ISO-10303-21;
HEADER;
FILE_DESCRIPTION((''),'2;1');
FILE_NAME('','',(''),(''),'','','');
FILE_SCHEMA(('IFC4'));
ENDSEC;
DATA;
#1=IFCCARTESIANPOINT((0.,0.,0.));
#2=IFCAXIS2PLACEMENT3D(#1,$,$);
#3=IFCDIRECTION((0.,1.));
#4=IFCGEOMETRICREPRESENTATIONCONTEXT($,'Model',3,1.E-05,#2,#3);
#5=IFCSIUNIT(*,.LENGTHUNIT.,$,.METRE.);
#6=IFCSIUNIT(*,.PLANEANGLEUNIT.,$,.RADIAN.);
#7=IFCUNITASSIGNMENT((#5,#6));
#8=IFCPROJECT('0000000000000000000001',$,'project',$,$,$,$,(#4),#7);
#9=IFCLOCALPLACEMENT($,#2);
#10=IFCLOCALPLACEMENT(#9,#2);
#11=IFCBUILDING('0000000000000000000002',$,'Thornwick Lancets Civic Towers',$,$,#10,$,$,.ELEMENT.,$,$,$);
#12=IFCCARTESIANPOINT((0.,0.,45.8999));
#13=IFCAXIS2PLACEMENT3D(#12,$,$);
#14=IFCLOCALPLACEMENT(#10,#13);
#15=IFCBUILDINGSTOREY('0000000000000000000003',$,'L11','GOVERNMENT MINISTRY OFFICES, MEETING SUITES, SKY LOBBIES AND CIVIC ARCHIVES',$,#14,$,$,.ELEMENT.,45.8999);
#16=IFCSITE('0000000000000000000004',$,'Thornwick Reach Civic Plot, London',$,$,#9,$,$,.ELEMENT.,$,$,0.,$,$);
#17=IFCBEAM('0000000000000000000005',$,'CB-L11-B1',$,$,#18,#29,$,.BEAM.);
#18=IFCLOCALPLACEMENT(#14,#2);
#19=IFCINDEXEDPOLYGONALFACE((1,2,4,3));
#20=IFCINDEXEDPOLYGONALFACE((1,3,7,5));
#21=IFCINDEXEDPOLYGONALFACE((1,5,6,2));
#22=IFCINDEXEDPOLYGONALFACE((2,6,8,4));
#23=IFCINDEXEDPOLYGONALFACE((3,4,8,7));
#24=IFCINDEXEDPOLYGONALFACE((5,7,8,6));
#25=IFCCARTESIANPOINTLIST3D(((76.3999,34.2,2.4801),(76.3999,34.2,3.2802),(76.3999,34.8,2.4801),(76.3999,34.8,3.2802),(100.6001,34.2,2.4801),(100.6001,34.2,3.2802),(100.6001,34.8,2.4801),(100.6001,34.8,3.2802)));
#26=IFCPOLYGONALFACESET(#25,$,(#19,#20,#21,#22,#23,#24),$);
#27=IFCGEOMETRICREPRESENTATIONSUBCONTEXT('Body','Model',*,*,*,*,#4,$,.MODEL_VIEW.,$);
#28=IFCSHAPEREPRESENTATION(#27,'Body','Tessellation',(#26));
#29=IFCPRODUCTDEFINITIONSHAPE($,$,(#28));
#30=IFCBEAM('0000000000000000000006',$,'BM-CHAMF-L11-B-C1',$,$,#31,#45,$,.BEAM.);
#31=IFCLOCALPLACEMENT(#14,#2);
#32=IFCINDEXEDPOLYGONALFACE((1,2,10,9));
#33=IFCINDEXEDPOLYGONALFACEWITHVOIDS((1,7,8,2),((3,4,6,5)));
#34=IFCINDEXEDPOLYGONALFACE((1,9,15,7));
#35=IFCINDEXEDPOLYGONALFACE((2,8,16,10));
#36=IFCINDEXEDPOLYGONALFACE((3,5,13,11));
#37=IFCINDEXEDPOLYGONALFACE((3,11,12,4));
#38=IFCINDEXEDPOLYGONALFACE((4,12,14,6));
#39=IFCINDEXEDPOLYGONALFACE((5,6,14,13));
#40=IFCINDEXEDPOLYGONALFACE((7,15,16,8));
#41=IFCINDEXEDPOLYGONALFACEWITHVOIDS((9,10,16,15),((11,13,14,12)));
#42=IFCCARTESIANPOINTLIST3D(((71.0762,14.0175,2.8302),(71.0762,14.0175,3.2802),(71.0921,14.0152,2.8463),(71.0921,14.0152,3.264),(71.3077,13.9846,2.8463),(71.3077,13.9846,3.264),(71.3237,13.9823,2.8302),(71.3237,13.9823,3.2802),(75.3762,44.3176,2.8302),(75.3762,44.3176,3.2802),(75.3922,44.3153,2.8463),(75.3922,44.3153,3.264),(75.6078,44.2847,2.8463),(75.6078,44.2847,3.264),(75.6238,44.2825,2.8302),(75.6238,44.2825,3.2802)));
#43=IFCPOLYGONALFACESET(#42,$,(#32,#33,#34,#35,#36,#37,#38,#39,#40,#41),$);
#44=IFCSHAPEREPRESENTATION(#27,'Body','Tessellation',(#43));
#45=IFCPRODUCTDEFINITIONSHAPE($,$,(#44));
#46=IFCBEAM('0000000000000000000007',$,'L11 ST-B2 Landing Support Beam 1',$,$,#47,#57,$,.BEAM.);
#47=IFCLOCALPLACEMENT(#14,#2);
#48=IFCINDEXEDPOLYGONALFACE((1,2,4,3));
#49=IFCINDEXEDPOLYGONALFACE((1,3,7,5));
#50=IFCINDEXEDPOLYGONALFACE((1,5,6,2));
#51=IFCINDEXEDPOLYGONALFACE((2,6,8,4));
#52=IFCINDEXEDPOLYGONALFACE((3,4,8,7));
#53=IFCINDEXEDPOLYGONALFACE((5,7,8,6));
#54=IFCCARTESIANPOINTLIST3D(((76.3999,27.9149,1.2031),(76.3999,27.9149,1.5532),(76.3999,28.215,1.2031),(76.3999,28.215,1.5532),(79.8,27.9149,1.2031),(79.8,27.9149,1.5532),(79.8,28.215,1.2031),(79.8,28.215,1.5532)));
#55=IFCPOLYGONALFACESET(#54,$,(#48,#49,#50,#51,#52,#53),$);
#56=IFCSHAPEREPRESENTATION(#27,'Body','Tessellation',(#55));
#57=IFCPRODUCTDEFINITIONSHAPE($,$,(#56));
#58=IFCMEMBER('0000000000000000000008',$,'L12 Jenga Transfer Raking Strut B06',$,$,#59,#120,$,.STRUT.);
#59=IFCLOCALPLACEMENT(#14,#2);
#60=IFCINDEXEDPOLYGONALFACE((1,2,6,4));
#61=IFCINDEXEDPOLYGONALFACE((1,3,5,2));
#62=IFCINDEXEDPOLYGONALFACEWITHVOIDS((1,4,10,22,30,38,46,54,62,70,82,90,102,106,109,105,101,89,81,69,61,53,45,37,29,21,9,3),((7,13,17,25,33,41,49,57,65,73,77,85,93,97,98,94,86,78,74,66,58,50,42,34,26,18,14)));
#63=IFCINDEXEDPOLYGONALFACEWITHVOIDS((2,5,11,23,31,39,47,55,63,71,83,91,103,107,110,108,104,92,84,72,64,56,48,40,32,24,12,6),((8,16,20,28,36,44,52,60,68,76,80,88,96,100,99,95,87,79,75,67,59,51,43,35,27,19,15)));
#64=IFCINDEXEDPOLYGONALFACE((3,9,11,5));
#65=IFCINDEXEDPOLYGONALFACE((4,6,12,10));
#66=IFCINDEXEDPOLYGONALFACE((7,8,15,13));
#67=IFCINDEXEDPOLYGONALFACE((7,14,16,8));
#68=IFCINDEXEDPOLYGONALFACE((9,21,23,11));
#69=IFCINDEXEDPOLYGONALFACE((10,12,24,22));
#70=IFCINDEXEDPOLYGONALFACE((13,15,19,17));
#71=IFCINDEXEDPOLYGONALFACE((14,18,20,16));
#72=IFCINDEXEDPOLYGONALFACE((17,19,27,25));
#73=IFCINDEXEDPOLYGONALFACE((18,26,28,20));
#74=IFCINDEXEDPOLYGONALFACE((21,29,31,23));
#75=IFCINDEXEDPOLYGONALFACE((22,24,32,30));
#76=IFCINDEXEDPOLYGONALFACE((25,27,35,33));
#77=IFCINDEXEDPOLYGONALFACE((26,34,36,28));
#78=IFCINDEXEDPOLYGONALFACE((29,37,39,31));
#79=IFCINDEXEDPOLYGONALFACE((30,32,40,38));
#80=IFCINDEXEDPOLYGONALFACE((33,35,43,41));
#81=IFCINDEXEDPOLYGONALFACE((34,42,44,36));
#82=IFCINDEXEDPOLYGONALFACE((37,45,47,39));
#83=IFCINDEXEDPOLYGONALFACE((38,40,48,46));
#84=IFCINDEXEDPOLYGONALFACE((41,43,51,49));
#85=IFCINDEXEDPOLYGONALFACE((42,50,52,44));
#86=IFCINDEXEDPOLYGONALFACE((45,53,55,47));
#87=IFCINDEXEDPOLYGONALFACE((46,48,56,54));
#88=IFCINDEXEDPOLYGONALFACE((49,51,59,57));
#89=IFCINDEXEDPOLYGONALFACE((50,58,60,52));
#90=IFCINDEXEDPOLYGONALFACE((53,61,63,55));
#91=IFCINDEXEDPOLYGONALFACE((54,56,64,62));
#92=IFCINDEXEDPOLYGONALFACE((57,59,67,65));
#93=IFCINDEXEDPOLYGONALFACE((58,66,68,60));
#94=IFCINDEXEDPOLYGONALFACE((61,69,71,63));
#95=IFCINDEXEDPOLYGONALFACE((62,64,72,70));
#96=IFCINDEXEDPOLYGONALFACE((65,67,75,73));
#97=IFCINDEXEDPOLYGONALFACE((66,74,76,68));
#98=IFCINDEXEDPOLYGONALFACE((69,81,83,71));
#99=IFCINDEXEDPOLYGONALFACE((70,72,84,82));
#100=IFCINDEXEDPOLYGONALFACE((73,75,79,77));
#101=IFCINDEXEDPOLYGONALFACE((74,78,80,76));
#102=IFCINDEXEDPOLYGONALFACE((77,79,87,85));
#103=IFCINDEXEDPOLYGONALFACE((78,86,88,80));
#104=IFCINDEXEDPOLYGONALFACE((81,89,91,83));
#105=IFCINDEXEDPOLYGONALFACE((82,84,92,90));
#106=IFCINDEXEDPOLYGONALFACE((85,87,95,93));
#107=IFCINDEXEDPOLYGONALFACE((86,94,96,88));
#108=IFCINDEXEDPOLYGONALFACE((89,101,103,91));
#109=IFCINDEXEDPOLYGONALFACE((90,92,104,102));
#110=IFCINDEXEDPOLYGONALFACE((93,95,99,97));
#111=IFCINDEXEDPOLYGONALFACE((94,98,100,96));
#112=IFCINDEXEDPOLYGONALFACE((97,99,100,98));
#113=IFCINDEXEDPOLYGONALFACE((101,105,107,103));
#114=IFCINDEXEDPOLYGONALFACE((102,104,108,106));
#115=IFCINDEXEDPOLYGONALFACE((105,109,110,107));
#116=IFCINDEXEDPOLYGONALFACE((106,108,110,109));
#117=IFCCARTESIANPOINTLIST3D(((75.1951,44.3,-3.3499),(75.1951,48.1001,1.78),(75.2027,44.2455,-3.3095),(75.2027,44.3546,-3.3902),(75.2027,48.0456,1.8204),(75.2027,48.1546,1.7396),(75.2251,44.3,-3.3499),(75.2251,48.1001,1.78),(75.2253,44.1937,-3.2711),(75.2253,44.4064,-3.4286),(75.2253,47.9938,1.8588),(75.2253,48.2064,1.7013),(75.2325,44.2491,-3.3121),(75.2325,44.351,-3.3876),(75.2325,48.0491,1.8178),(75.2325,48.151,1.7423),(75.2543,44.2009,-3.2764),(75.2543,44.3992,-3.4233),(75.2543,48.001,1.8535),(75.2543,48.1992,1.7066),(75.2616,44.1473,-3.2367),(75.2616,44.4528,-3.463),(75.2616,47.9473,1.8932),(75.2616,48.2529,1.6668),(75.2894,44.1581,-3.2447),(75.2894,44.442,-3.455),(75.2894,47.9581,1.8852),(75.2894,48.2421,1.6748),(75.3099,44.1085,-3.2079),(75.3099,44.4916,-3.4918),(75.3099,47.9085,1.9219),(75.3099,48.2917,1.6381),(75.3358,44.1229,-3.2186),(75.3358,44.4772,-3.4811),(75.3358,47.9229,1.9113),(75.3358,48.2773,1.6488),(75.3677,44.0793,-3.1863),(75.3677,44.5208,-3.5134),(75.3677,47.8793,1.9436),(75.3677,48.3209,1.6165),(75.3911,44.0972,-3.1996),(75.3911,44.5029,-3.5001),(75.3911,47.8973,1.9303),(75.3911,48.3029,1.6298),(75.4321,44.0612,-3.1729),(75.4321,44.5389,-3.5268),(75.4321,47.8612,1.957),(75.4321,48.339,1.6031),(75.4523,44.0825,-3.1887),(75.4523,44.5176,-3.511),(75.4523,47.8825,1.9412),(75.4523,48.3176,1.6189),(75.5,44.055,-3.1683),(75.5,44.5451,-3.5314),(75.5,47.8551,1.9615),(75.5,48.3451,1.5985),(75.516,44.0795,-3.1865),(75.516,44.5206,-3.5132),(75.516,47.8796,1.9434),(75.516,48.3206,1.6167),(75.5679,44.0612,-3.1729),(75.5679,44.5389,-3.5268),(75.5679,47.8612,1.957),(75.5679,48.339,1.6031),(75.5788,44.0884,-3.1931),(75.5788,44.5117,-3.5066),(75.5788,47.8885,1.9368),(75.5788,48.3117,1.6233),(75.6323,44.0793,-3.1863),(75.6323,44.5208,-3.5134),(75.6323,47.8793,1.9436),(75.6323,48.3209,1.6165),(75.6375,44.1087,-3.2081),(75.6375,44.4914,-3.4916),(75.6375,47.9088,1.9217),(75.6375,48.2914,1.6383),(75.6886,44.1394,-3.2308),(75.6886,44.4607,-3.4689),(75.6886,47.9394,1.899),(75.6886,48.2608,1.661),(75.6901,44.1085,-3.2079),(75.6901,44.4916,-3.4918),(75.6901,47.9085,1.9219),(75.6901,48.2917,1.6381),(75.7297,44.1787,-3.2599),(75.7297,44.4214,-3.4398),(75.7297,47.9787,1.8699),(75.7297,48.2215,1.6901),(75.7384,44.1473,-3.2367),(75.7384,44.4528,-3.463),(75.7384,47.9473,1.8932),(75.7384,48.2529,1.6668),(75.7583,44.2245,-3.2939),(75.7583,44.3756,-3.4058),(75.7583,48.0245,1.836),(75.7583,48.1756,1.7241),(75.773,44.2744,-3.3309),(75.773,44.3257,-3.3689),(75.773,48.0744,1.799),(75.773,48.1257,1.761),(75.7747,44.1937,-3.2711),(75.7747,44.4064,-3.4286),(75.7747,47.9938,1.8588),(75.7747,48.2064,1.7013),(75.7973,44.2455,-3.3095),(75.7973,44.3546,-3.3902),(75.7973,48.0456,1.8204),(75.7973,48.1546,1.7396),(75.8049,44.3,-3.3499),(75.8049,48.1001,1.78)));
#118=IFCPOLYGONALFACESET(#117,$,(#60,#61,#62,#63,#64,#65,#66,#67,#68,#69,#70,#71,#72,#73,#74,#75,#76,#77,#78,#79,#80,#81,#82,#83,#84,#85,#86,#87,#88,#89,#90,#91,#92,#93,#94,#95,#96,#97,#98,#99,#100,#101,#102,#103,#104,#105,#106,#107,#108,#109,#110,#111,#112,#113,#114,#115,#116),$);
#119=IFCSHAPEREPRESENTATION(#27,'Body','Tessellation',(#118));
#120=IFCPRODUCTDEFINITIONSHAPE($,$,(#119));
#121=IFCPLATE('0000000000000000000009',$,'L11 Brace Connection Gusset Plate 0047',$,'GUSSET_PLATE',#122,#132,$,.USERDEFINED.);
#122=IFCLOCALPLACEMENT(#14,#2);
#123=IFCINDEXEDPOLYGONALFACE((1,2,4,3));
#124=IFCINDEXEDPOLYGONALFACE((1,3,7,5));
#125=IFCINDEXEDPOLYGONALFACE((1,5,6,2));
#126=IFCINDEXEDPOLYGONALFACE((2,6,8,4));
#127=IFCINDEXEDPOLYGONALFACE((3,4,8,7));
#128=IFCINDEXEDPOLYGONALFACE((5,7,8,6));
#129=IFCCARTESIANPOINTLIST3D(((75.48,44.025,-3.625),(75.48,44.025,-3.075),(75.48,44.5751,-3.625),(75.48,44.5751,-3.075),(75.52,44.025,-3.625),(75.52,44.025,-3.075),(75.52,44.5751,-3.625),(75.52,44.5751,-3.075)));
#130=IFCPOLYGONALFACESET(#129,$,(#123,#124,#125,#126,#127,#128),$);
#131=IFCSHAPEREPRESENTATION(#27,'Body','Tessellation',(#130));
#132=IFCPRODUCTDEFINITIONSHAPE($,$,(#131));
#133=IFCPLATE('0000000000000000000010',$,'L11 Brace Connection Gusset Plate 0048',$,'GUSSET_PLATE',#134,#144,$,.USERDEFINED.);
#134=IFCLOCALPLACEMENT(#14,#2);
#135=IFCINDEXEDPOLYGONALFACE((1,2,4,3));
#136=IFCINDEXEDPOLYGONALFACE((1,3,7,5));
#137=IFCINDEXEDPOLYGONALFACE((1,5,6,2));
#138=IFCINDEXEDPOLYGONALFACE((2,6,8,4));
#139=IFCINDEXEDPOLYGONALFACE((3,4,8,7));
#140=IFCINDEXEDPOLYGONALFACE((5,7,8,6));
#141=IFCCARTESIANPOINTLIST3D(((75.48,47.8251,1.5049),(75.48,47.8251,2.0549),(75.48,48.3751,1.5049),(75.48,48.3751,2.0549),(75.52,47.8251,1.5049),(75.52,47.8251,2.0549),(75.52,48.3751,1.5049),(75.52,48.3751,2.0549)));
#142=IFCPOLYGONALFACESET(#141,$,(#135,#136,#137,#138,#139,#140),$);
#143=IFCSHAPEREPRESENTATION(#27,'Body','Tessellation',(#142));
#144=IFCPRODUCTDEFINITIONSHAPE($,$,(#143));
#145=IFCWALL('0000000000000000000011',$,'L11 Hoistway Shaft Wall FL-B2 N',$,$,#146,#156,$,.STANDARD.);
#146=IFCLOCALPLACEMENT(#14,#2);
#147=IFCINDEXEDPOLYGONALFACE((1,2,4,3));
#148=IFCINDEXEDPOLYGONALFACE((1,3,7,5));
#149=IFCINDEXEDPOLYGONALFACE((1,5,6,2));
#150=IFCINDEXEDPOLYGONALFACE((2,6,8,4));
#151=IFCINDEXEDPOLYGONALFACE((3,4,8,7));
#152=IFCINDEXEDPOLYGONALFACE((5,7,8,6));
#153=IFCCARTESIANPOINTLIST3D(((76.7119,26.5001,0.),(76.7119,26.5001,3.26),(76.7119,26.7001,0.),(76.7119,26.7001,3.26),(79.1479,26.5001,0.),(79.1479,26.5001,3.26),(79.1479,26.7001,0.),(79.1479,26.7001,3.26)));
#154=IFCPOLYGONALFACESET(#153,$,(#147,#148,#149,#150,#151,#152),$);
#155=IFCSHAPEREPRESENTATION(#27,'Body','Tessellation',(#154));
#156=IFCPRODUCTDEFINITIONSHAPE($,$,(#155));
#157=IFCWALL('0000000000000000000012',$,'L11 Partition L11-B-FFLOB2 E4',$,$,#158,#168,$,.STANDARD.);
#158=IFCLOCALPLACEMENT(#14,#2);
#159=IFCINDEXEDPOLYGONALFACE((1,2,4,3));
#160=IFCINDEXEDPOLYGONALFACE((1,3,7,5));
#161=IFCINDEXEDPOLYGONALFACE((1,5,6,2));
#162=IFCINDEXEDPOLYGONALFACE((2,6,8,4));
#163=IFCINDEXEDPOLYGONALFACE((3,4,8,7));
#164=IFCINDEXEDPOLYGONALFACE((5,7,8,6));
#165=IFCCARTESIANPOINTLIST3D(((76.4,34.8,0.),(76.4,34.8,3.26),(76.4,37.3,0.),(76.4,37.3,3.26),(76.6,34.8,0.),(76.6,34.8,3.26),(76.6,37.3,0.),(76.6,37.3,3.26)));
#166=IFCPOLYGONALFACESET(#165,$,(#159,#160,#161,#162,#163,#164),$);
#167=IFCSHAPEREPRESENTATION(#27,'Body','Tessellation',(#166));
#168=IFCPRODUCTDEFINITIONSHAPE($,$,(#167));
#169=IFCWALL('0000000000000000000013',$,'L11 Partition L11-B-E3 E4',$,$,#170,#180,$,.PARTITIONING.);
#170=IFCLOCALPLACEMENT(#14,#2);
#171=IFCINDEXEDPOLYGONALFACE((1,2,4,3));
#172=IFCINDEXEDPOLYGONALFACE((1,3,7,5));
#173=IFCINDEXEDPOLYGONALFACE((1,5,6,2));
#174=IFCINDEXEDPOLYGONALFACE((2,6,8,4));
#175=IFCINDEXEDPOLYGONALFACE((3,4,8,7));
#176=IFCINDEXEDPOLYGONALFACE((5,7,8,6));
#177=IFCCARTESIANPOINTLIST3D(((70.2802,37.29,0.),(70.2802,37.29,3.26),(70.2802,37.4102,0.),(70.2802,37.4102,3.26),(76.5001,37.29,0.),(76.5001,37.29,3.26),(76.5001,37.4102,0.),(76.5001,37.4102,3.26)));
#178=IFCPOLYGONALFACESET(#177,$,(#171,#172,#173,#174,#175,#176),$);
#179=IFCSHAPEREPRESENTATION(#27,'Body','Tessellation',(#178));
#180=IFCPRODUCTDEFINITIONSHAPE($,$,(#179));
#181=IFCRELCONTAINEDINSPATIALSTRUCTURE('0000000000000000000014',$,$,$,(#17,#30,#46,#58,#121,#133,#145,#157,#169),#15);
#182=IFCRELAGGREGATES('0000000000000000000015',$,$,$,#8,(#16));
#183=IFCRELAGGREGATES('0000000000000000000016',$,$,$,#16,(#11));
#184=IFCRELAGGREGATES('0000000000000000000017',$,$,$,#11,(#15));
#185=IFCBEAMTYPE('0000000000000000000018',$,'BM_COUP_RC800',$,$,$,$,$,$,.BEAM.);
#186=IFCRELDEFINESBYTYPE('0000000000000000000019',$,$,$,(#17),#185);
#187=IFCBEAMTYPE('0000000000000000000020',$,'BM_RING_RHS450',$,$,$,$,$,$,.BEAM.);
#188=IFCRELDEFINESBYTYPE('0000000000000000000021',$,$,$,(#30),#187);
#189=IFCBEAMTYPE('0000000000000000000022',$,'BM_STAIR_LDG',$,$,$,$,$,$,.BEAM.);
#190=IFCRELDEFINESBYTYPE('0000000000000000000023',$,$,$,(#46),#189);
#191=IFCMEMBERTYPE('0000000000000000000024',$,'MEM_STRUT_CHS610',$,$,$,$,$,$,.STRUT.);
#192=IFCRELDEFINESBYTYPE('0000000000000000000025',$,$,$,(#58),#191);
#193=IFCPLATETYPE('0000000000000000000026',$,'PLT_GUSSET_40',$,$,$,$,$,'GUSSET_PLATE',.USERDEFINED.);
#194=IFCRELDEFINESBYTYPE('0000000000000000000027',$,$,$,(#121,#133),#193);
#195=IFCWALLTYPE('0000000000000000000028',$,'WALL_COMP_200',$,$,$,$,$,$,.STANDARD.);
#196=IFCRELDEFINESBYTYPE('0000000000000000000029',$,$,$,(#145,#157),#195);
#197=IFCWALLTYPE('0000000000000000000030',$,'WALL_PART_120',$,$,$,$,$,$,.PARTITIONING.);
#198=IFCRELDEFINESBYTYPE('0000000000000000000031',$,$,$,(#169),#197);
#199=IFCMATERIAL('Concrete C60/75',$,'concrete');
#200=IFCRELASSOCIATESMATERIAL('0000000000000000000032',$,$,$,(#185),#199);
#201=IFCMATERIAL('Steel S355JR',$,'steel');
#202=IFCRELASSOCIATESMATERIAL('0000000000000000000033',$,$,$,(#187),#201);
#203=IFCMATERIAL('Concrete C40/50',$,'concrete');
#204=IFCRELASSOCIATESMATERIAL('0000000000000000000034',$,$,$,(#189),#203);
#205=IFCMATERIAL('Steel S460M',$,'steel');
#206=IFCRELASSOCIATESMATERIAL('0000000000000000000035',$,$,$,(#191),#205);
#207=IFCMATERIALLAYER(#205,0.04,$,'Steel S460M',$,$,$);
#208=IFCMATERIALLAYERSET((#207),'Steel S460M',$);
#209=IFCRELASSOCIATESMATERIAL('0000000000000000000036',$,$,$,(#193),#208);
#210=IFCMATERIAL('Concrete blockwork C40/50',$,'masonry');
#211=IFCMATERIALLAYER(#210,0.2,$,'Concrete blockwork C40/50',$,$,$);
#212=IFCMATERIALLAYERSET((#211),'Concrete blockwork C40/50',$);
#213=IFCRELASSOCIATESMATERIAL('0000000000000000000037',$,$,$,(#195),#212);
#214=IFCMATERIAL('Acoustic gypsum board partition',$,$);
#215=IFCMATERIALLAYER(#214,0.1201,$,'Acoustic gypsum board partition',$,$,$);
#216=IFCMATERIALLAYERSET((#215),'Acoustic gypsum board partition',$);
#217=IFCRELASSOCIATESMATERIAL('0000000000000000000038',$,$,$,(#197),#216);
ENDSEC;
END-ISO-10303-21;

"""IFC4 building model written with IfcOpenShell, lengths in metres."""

from ifc_helpers import new_model, si_unit, direction, frame, frame_2d, origin, origin_2d, place, context, subcontext, project, spatial, rectangle, hollow_rectangle, hollow_circle, extrude, material, layer, layer_set, material_profile, profile_set, type_object, element, save


model = new_model("IFC4")

# Units and contexts
model_context = context("Model", 3, precision=1e-05, world=origin(), true_north=direction((0.0, 1.0)))
body_context = subcontext(model_context, "Body", "Model", "MODEL_VIEW")
ifc_project = project(units=[si_unit("LENGTHUNIT", "METRE"), si_unit("PLANEANGLEUNIT", "RADIAN")], contexts=[model_context])

# Site, building, storey
site_placement = place(None, origin())
site = spatial("IfcSite", under=ifc_project, at=site_placement, Name="Thornwick Reach Civic Plot, London", CompositionType="ELEMENT", RefElevation=0.0)
building_placement = place(site_placement, origin())
building = spatial("IfcBuilding", under=site, at=building_placement, Name="Thornwick Lancets Civic Towers", CompositionType="ELEMENT")
storey_placement = place(building_placement, frame((0.0, 0.0, 45.8999)))
storey = spatial("IfcBuildingStorey", under=building, at=storey_placement, Name="L11", Description="GOVERNMENT MINISTRY OFFICES, MEETING SUITES, SKY LOBBIES AND CIVIC ARCHIVES", CompositionType="ELEMENT", Elevation=45.8999)

# Beams
ifc_material_1 = material(Name="Concrete C60/75", Category="concrete")
ifc_material_profile_1 = material_profile(ifc_material_1, rectangle(XDim=0.6001, YDim=0.8, at=origin_2d()), Name="RC 600x800")
ifc_profile_set_1 = profile_set([ifc_material_profile_1], Name="Concrete C60/75")
beam_type_1 = type_object("IfcBeamType", Name="BM_COUP_RC800", PredefinedType="BEAM", material=ifc_profile_set_1)
beam_1_placement = place(storey_placement, frame((76.3999, 34.5, 2.8801), z_axis=(1.0, 0.0, 0.0), x_axis=(0.0, 1.0, 0.0)))
element("IfcBeam", 1, at=beam_1_placement, inside=storey, type_object=beam_type_1, Name="CB-L11-B1", PredefinedType="BEAM", context=body_context, shape_type="SweptSolid", body=[
    extrude(rectangle(XDim=0.6001, YDim=0.8, at=origin_2d()), origin(), (0.0, 0.0, 1.0), 24.2002),
])
ifc_material_2 = material(Name="Steel S355JR", Category="steel")
ifc_material_profile_2 = material_profile(ifc_material_2, hollow_rectangle(XDim=0.25, YDim=0.45, WallThickness=0.0161, at=origin_2d()), Name="RHS 450x250x16")
ifc_profile_set_2 = profile_set([ifc_material_profile_2], Name="Steel S355JR")
beam_type_2 = type_object("IfcBeamType", Name="BM_RING_RHS450", PredefinedType="BEAM", material=ifc_profile_set_2)
beam_2_placement = place(storey_placement, frame((75.5, 44.3, 3.0552), z_axis=(-0.140508, -0.99008, 0.0), x_axis=(0.99008, -0.140508, 0.0)))
element("IfcBeam", 2, at=beam_2_placement, inside=storey, type_object=beam_type_2, Name="BM-CHAMF-L11-B-C1", PredefinedType="BEAM", context=body_context, shape_type="SweptSolid", body=[
    extrude(hollow_rectangle(XDim=0.25, YDim=0.45, WallThickness=0.0161, at=origin_2d()), origin(), (0.0, 0.0, 1.0), 30.6038),
])
ifc_material_3 = material(Name="Concrete C40/50", Category="concrete")
ifc_material_profile_3 = material_profile(ifc_material_3, rectangle(XDim=0.3, YDim=0.3501, at=origin_2d()), Name="RC 300x350")
ifc_profile_set_3 = profile_set([ifc_material_profile_3], Name="Concrete C40/50")
beam_type_3 = type_object("IfcBeamType", Name="BM_STAIR_LDG", PredefinedType="BEAM", material=ifc_profile_set_3)
beam_3_placement = place(storey_placement, frame((76.3999, 28.0649, 1.3782), z_axis=(1.0, 0.0, 0.0), x_axis=(0.0, 1.0, 0.0)))
element("IfcBeam", 3, at=beam_3_placement, inside=storey, type_object=beam_type_3, Name="L11 ST-B2 Landing Support Beam 1", PredefinedType="BEAM", context=body_context, shape_type="SweptSolid", body=[
    extrude(rectangle(XDim=0.3, YDim=0.3501, at=origin_2d()), origin(), (0.0, 0.0, 1.0), 3.4001),
])

# Member
ifc_material_4 = material(Name="Steel S460M", Category="steel")
ifc_material_profile_4 = material_profile(ifc_material_4, hollow_circle(Radius=0.3049, WallThickness=0.03, at=origin_2d()), Name="CHS 610x30")
ifc_profile_set_4 = profile_set([ifc_material_profile_4], Name="Steel S460M")
member_type = type_object("IfcMemberType", Name="MEM_STRUT_CHS610", PredefinedType="STRUT", material=ifc_profile_set_4)
member_placement = place(storey_placement, frame((75.5, 44.3, -3.3499), z_axis=(0.0, 0.595241, 0.803547), x_axis=(-1.0, 0.0, 0.0)))
element("IfcMember", 4, at=member_placement, inside=storey, type_object=member_type, Name="L12 Jenga Transfer Raking Strut B06", PredefinedType="STRUT", context=body_context, shape_type="SweptSolid", body=[
    extrude(hollow_circle(Radius=0.3049, WallThickness=0.03, at=origin_2d()), origin(), (0.0, 0.0, 1.0), 6.384),
])

# Plates
ifc_layer_1 = layer(ifc_material_4, 0.04, Name="Steel S460M")
ifc_layer_set_1 = layer_set([ifc_layer_1], Name="Steel S460M")
plate_type = type_object("IfcPlateType", Name="PLT_GUSSET_40", ElementType="GUSSET_PLATE", PredefinedType="USERDEFINED", material=ifc_layer_set_1)
for number, where, z_axis, x_axis, name in (
    (5, (75.5, 44.3, -3.625), (0.0, 0.0, 1.0), (0.0, 1.0, 0.0), "L11 Brace Connection Gusset Plate 0047"),
    (6, (75.5, 48.1001, 1.5049), (0.0, 0.0, 1.0), (0.0, 1.0, 0.0), "L11 Brace Connection Gusset Plate 0048"),
):
    element("IfcPlate", number, at=place(storey_placement, frame(where, z_axis=z_axis, x_axis=x_axis)), inside=storey, type_object=plate_type, Name=name, ObjectType="GUSSET_PLATE", PredefinedType="USERDEFINED", context=body_context, shape_type="SweptSolid", body=[
        extrude(rectangle(XDim=0.55, YDim=0.04, at=origin_2d()), origin(), (0.0, 0.0, 1.0), 0.55),
    ])

# Walls
ifc_material_5 = material(Name="Concrete blockwork C40/50", Category="masonry")
ifc_layer_2 = layer(ifc_material_5, 0.2, Name="Concrete blockwork C40/50")
ifc_layer_set_2 = layer_set([ifc_layer_2], Name="Concrete blockwork C40/50")
wall_type_1 = type_object("IfcWallType", Name="WALL_COMP_200", PredefinedType="STANDARD", material=ifc_layer_set_2)
wall_1_placement = place(storey_placement, frame((76.7119, 26.6001, 0.0), z_axis=(0.0, 0.0, 1.0), x_axis=(1.0, 0.0, 0.0)))
element("IfcWall", 7, at=wall_1_placement, inside=storey, type_object=wall_type_1, Name="L11 Hoistway Shaft Wall FL-B2 N", PredefinedType="STANDARD", context=body_context, shape_type="SweptSolid", body=[
    extrude(rectangle(XDim=2.436, YDim=0.2, at=frame_2d((1.218, 0.0))), origin(), (0.0, 0.0, 1.0), 3.26),
])
wall_2_placement = place(storey_placement, frame((76.5, 37.3, 0.0), z_axis=(0.0, 0.0, 1.0), x_axis=(0.0, -1.0, 0.0)))
element("IfcWall", 8, at=wall_2_placement, inside=storey, type_object=wall_type_1, Name="L11 Partition L11-B-FFLOB2 E4", PredefinedType="STANDARD", context=body_context, shape_type="SweptSolid", body=[
    extrude(rectangle(XDim=2.5, YDim=0.2, at=frame_2d((1.25, 0.0))), origin(), (0.0, 0.0, 1.0), 3.26),
])
ifc_material_6 = material(Name="Acoustic gypsum board partition")
ifc_layer_3 = layer(ifc_material_6, 0.1201, Name="Acoustic gypsum board partition")
ifc_layer_set_3 = layer_set([ifc_layer_3], Name="Acoustic gypsum board partition")
wall_type_2 = type_object("IfcWallType", Name="WALL_PART_120", PredefinedType="PARTITIONING", material=ifc_layer_set_3)
wall_3_placement = place(storey_placement, frame((76.5, 37.3501, 0.0), z_axis=(0.0, 0.0, 1.0), x_axis=(-1.0, 0.0, 0.0)))
element("IfcWall", 9, at=wall_3_placement, inside=storey, type_object=wall_type_2, Name="L11 Partition L11-B-E3 E4", PredefinedType="PARTITIONING", context=body_context, shape_type="SweptSolid", body=[
    extrude(rectangle(XDim=6.22, YDim=0.1201, at=frame_2d((3.1099, 0.0))), origin(), (0.0, 0.0, 1.0), 3.26),
])

save(model, "model.ifc")
